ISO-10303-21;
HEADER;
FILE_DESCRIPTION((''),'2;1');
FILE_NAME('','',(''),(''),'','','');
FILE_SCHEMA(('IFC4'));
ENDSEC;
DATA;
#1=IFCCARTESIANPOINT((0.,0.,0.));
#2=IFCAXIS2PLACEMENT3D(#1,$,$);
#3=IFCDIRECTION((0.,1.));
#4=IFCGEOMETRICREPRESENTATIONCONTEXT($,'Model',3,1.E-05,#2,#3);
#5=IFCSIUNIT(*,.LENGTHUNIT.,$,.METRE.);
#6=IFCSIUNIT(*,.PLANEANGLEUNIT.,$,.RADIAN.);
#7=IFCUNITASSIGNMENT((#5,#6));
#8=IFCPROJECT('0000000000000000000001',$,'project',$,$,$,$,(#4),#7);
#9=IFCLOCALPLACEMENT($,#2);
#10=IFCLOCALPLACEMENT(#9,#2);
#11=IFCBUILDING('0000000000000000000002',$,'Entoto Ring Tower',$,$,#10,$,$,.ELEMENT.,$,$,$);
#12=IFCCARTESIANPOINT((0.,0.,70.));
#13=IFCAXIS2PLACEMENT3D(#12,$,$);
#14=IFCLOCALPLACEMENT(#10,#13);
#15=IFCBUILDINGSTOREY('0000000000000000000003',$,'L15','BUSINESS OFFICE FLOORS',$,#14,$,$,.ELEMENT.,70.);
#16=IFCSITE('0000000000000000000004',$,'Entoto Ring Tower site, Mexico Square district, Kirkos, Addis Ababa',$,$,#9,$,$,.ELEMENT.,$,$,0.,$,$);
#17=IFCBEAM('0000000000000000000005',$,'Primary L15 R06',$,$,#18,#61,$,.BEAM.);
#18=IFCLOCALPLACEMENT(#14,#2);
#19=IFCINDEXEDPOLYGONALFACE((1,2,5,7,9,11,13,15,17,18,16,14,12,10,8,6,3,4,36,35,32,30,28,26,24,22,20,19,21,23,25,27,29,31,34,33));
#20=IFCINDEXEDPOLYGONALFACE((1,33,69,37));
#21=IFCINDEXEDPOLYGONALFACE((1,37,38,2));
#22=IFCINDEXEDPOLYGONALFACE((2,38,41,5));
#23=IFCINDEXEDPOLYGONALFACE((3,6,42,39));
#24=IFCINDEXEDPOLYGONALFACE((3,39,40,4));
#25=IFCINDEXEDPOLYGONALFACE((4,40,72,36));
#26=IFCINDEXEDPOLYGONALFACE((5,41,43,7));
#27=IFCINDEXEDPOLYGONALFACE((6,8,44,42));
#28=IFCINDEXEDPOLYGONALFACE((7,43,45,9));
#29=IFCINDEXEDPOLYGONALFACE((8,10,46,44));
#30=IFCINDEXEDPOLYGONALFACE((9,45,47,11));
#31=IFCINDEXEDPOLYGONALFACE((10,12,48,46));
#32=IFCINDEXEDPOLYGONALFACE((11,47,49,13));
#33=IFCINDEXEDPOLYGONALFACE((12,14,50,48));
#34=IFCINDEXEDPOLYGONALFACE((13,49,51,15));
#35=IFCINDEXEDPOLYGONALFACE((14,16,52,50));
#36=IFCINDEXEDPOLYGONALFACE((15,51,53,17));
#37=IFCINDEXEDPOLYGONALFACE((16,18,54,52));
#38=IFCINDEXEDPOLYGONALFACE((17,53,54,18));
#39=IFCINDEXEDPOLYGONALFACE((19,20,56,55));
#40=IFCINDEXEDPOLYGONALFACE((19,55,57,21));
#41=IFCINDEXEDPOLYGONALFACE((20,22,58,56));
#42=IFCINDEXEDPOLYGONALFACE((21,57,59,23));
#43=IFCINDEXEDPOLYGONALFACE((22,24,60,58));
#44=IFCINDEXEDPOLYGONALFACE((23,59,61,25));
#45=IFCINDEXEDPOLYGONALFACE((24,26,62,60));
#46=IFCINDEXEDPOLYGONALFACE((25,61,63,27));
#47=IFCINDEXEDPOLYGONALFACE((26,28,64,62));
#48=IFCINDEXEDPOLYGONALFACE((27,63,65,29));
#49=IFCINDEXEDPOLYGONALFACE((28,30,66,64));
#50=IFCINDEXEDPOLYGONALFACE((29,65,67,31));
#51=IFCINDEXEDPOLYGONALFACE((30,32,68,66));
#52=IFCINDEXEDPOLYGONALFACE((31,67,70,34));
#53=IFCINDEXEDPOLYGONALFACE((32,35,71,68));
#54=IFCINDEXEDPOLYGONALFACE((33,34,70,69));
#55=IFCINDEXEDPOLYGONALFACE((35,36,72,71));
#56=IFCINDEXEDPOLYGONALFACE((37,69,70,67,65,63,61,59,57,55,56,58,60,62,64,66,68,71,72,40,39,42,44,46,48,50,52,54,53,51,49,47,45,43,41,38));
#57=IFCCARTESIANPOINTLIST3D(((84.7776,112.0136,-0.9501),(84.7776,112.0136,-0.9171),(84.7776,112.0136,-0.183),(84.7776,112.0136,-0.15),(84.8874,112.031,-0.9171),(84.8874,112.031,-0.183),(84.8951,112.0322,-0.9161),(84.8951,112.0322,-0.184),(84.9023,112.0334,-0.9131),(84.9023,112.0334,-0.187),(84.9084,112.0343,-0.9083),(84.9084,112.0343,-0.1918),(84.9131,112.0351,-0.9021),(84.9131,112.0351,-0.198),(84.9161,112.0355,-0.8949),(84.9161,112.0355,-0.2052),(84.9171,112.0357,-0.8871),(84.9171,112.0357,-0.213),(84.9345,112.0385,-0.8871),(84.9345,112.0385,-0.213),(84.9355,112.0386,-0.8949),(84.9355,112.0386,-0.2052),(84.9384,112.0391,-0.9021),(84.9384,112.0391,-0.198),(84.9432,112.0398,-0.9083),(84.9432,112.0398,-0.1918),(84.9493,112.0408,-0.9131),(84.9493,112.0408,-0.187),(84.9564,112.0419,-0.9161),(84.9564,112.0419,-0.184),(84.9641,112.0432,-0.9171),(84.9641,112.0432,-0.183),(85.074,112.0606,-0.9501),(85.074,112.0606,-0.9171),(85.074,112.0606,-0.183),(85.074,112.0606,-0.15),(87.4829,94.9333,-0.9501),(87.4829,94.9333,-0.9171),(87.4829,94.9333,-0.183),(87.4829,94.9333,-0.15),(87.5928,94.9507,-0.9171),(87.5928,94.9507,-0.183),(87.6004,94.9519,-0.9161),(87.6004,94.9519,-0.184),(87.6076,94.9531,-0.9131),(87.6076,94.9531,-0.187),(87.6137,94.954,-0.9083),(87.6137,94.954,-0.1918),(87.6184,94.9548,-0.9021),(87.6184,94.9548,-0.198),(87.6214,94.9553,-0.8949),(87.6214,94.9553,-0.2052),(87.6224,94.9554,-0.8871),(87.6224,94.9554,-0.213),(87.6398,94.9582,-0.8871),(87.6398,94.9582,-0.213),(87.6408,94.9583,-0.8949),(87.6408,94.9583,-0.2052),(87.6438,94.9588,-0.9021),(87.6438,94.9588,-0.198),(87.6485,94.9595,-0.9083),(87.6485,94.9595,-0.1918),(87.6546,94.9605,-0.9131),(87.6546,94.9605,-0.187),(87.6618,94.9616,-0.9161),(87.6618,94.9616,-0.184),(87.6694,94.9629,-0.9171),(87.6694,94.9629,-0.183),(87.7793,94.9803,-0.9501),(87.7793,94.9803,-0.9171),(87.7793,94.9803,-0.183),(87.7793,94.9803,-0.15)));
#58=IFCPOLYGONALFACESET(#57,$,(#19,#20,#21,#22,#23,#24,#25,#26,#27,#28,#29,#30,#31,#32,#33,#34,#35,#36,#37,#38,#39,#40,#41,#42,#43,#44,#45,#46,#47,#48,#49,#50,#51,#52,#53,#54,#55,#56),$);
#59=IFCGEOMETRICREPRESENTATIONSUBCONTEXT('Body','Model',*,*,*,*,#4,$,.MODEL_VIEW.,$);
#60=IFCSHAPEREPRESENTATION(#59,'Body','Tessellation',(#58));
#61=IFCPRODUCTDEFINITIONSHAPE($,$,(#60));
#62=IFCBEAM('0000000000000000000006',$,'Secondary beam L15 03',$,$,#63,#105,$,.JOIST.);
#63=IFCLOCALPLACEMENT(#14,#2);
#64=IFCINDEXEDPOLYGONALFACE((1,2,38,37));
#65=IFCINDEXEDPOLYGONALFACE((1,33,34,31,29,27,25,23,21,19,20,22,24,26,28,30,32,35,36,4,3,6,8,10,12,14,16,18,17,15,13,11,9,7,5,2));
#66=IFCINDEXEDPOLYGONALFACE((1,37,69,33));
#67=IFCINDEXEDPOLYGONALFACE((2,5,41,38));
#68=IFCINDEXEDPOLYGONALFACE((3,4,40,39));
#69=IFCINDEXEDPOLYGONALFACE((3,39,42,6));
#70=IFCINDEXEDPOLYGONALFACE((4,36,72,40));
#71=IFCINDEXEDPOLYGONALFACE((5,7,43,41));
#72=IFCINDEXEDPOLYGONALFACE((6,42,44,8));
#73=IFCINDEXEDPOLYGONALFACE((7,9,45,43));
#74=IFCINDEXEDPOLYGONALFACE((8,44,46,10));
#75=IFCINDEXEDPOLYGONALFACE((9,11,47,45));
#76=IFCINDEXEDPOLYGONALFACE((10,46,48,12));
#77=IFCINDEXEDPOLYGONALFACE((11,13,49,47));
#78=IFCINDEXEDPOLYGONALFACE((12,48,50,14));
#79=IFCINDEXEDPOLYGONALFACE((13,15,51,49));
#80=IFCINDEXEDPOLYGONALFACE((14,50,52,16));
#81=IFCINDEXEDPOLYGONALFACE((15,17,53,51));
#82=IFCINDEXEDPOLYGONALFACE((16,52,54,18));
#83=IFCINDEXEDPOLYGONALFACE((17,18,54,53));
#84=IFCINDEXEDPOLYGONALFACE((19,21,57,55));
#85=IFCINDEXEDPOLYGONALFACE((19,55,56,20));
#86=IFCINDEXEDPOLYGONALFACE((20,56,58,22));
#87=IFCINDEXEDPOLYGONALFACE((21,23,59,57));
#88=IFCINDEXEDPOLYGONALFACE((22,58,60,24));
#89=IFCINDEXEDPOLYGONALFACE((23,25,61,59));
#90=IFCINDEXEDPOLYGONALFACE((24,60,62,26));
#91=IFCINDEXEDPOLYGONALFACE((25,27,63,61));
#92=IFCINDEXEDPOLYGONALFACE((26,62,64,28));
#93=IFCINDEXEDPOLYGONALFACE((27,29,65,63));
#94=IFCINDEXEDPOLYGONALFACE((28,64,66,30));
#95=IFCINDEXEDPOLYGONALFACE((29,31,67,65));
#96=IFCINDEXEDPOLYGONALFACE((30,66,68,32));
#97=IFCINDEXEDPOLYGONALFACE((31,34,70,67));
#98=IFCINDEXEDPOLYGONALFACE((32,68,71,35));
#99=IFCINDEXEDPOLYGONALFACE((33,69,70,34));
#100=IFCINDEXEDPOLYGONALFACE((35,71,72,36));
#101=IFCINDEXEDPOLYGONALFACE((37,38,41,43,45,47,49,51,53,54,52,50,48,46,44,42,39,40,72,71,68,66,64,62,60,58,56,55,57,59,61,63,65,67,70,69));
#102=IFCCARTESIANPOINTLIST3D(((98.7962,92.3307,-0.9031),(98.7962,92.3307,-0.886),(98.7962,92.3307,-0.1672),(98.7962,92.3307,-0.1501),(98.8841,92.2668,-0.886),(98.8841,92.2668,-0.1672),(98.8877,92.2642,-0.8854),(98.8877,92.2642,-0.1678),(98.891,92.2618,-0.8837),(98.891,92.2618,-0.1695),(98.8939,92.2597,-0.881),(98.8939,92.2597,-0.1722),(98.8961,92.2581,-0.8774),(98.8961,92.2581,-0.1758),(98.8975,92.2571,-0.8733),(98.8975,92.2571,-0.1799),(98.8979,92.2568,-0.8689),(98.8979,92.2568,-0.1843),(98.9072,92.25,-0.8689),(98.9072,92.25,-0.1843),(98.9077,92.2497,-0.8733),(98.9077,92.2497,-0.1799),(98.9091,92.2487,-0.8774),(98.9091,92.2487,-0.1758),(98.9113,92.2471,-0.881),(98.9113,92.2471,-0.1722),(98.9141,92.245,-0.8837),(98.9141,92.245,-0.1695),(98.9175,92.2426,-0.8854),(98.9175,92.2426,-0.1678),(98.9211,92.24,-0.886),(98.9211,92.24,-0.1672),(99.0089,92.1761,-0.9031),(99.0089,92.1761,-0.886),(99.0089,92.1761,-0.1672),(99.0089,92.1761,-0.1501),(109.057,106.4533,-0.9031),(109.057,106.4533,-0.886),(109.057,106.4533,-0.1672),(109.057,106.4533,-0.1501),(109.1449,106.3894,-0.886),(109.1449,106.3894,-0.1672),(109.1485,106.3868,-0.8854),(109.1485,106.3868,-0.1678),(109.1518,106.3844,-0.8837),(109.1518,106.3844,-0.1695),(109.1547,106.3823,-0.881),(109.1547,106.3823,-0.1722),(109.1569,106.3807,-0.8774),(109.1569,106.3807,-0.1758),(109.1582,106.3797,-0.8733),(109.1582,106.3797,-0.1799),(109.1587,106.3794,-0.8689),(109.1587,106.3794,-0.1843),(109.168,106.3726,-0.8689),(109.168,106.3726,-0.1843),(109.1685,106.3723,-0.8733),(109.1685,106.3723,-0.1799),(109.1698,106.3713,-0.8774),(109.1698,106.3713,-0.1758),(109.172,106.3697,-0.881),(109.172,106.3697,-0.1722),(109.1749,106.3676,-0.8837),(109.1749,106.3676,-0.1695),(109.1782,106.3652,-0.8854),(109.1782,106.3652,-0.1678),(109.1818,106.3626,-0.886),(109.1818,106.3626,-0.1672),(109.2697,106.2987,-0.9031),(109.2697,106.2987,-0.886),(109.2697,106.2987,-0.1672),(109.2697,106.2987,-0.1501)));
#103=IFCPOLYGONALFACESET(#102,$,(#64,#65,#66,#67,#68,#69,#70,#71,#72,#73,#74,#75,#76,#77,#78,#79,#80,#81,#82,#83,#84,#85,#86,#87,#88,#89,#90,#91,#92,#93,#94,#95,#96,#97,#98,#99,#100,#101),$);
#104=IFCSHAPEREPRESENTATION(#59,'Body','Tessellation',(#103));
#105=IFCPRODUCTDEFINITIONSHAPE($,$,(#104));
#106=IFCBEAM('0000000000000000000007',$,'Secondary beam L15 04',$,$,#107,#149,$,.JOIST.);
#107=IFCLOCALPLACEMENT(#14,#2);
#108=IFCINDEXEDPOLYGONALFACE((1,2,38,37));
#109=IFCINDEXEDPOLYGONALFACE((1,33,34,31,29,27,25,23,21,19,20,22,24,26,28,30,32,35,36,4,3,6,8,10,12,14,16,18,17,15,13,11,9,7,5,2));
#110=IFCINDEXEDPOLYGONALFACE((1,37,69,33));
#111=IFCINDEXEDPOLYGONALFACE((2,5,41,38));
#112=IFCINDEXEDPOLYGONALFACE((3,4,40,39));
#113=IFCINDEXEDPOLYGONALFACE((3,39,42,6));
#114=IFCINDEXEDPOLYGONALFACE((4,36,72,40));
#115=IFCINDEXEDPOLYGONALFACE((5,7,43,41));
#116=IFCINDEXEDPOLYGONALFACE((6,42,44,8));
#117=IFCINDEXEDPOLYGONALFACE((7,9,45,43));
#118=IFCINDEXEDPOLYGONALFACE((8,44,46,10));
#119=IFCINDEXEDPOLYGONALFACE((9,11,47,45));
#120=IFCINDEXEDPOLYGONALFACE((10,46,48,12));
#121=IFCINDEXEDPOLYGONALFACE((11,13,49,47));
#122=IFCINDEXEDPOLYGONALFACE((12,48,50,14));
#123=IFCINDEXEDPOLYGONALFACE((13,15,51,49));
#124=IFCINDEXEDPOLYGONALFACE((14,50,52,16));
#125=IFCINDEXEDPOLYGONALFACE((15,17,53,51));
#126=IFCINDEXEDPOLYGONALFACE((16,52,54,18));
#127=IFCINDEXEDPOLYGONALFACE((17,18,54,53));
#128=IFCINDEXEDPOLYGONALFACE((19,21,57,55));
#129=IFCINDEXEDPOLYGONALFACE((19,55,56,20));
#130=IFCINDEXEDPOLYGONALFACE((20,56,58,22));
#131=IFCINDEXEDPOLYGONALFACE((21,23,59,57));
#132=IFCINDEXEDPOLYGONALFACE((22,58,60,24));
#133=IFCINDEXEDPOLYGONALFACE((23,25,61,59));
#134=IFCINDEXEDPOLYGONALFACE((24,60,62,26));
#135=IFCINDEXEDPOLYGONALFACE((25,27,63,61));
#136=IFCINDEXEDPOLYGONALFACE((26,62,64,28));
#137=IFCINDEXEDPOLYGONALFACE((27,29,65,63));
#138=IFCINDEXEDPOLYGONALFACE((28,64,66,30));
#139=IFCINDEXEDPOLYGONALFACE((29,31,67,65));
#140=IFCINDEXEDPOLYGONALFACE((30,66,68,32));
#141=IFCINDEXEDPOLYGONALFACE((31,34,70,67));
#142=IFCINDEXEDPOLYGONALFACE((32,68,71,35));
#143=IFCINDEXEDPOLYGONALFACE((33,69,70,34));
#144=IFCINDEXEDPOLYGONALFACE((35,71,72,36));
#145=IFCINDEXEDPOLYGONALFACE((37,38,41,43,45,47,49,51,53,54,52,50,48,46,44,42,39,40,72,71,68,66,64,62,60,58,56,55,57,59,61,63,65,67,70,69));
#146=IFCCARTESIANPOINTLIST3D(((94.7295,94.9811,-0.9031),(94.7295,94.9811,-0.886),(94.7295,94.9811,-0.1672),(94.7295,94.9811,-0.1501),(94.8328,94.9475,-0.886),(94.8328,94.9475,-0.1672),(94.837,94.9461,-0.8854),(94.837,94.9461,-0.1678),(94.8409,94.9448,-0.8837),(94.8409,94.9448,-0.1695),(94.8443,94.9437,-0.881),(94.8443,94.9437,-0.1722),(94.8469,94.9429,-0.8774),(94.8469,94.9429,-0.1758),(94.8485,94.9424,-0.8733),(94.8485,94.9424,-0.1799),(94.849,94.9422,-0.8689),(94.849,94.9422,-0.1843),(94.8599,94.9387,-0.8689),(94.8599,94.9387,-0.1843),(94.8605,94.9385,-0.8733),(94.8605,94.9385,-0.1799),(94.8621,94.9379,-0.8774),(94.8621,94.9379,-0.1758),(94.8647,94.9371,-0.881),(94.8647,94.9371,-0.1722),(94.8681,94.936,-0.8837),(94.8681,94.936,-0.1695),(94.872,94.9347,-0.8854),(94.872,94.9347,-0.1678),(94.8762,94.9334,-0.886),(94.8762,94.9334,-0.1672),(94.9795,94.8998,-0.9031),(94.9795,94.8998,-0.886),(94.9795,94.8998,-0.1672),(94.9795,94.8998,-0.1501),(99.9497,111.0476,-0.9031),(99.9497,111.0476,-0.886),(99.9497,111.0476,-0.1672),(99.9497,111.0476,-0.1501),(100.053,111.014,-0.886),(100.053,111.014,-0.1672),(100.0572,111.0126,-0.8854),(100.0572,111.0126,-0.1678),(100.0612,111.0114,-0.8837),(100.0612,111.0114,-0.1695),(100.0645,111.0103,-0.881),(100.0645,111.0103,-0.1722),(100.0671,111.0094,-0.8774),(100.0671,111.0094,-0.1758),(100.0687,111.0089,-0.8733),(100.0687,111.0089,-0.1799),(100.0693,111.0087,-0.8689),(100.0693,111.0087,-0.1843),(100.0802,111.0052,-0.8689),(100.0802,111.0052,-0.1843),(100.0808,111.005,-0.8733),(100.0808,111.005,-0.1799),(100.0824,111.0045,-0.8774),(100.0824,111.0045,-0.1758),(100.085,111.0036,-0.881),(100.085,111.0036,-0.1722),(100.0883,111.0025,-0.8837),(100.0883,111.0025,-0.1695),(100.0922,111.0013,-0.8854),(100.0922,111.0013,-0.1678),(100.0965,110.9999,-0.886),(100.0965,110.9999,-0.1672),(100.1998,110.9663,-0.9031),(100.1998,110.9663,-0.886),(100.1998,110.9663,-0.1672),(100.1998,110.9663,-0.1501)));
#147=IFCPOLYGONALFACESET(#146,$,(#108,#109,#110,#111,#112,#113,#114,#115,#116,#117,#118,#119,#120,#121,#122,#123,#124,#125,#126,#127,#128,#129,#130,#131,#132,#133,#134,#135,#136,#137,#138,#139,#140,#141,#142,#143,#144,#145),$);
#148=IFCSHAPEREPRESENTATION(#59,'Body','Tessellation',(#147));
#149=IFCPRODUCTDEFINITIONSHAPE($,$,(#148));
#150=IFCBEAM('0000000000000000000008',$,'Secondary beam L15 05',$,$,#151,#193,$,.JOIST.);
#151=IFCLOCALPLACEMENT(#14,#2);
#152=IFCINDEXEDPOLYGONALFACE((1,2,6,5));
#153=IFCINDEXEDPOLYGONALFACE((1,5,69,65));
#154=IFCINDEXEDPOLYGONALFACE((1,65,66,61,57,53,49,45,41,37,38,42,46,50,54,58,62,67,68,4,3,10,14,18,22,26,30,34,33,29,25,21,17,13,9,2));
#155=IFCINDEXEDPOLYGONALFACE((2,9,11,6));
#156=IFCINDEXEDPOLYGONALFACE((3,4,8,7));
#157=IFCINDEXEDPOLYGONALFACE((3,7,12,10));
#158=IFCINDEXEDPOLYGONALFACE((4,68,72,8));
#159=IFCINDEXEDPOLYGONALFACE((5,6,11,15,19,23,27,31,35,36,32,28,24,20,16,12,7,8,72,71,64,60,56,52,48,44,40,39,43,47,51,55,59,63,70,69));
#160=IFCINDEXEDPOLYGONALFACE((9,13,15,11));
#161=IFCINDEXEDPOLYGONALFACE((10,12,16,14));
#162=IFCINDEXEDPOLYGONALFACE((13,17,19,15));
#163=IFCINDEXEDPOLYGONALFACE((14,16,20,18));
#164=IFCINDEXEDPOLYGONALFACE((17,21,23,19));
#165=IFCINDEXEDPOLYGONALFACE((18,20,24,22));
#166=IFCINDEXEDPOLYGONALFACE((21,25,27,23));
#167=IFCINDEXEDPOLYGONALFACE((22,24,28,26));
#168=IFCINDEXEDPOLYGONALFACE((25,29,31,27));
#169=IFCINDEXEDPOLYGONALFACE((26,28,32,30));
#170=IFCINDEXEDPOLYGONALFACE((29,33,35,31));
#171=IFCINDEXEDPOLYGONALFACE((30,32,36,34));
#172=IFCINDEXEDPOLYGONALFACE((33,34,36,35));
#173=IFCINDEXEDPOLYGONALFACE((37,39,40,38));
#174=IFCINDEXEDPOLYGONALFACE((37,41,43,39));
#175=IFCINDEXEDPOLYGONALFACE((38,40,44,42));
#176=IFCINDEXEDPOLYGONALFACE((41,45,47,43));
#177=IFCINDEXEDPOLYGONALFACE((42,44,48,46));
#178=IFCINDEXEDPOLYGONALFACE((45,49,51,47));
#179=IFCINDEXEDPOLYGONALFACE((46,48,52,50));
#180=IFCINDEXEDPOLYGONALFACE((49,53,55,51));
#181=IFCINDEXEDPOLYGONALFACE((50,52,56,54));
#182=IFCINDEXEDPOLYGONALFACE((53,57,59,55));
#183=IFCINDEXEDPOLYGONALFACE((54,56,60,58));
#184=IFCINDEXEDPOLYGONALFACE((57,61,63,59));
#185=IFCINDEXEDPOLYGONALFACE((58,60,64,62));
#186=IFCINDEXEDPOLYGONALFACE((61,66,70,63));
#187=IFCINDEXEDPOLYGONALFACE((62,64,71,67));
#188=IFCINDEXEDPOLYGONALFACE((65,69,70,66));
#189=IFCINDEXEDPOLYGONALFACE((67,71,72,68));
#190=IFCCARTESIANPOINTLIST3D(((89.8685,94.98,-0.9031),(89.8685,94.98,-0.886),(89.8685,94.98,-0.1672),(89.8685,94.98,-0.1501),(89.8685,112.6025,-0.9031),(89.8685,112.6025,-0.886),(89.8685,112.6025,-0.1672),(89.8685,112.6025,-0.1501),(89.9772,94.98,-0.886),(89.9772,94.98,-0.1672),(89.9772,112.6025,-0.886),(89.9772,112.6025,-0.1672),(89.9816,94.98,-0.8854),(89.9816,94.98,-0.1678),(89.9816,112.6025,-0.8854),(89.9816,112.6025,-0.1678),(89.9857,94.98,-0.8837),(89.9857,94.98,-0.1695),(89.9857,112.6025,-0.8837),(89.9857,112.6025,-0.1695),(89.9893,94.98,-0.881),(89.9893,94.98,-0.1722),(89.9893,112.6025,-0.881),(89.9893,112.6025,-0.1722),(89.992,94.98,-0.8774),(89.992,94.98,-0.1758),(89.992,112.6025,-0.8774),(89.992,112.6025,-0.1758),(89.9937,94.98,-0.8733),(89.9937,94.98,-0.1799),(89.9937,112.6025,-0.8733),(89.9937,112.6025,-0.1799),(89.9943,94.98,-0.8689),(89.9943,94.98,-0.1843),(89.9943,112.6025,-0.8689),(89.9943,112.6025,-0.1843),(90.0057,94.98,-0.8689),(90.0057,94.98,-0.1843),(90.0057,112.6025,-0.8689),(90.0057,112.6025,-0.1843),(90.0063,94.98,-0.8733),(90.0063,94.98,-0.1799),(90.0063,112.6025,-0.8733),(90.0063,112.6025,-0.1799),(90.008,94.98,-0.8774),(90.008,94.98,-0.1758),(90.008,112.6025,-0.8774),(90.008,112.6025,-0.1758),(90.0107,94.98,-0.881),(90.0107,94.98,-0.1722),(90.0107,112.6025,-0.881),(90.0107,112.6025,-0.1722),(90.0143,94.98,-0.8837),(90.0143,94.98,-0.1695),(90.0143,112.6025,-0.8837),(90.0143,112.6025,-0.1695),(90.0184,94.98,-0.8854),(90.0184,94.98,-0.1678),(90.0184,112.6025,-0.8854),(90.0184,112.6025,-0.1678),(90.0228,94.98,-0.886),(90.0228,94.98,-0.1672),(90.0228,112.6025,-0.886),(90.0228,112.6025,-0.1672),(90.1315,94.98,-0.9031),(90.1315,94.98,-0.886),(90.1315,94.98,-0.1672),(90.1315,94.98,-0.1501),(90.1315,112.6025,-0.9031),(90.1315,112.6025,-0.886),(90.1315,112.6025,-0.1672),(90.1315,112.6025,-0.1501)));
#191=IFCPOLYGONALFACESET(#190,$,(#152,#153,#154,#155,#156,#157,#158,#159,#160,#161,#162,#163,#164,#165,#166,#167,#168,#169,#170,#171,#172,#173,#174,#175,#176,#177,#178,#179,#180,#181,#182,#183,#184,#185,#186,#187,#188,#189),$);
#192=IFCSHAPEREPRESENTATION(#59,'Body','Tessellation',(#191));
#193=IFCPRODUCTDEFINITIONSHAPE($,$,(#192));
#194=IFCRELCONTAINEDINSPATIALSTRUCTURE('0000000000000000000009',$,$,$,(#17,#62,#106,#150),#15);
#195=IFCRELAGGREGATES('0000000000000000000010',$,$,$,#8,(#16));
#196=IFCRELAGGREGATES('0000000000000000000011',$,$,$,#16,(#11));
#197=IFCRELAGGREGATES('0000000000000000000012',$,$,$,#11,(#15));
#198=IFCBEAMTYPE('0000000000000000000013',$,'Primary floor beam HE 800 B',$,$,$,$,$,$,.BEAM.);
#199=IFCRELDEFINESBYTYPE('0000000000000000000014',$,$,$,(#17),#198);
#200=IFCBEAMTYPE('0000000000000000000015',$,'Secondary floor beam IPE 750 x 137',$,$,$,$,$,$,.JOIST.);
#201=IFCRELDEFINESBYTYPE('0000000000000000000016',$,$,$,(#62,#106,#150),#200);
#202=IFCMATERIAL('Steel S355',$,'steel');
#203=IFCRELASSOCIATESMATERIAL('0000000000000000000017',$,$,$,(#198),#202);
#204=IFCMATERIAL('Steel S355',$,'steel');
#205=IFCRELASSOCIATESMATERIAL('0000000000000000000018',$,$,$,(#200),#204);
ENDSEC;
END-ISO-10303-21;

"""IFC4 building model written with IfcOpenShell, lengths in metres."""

from ifc_helpers import new_model, si_unit, direction, frame, origin, origin_2d, place, context, subcontext, project, spatial, i_section, extrude, material, material_profile, profile_set, type_object, element, save


model = new_model("IFC4")

# Units and contexts
model_context = context("Model", 3, precision=1e-05, world=origin(), true_north=direction((0.0, 1.0)))
body_context = subcontext(model_context, "Body", "Model", "MODEL_VIEW")
ifc_project = project(units=[si_unit("LENGTHUNIT", "METRE"), si_unit("PLANEANGLEUNIT", "RADIAN")], contexts=[model_context])

# Site, building, storey
site_placement = place(None, origin())
site = spatial("IfcSite", under=ifc_project, at=site_placement, Name="Entoto Ring Tower site, Mexico Square district, Kirkos, Addis Ababa", CompositionType="ELEMENT", RefElevation=0.0)
building_placement = place(site_placement, origin())
building = spatial("IfcBuilding", under=site, at=building_placement, Name="Entoto Ring Tower", CompositionType="ELEMENT")
storey_placement = place(building_placement, frame((0.0, 0.0, 70.0)))
storey = spatial("IfcBuildingStorey", under=building, at=storey_placement, Name="L15", Description="BUSINESS OFFICE FLOORS", CompositionType="ELEMENT", Elevation=70.0)

# Beams
ifc_material_1 = material(Name="Steel S355", Category="steel")
ifc_material_profile_1 = material_profile(ifc_material_1, i_section(OverallWidth=0.3, OverallDepth=0.8, WebThickness=0.0176, FlangeThickness=0.033, FilletRadius=0.03, at=origin_2d()), Name="HE 800 B")
ifc_profile_set_1 = profile_set([ifc_material_profile_1], Name="Steel S355")
beam_type_1 = type_object("IfcBeamType", Name="Primary floor beam HE 800 B", PredefinedType="BEAM", material=ifc_profile_set_1)
for number, where, z_axis, x_axis, name in (
    (1, (87.6311, 94.9568, -0.55), (-0.156438, 0.987688, 0.0), (-0.987688, -0.156438, 0.0), "Primary L15 R06"),
):
    element("IfcBeam", number, at=place(storey_placement, frame(where, z_axis=z_axis, x_axis=x_axis)), inside=storey, type_object=beam_type_1, Name=name, PredefinedType="BEAM", context=body_context, shape_type="SweptSolid", body=[
        extrude(i_section(OverallWidth=0.3, OverallDepth=0.8, WebThickness=0.0176, FlangeThickness=0.033, FilletRadius=0.03, at=origin_2d()), origin(), (0.0, 0.0, 1.0), 17.2932),
    ])
ifc_material_2 = material(Name="Steel S355", Category="steel")
ifc_material_profile_2 = material_profile(ifc_material_2, i_section(OverallWidth=0.2629, OverallDepth=0.7529, WebThickness=0.0115, FlangeThickness=0.0171, FilletRadius=0.0171, at=origin_2d()), Name="IPE 750 x 137")
ifc_profile_set_2 = profile_set([ifc_material_profile_2], Name="Steel S355")
beam_type_2 = type_object("IfcBeamType", Name="Secondary floor beam IPE 750 x 137", PredefinedType="JOIST", material=ifc_profile_set_2)
beam_1_placement = place(storey_placement, frame((98.9026, 92.2534, -0.5266), z_axis=(0.587789, 0.809014, 0.0), x_axis=(-0.809014, 0.587789, 0.0)))
element("IfcBeam", 2, at=beam_1_placement, inside=storey, type_object=beam_type_2, Name="Secondary beam L15 03", PredefinedType="JOIST", context=body_context, shape_type="SweptSolid", body=[
    extrude(i_section(OverallWidth=0.2629, OverallDepth=0.7529, WebThickness=0.0115, FlangeThickness=0.0171, FilletRadius=0.0171, at=origin_2d()), origin(), (0.0, 0.0, 1.0), 17.4565),
])
beam_2_placement = place(storey_placement, frame((94.8545, 94.9404, -0.5266), z_axis=(0.309013, 0.951058, 0.0), x_axis=(-0.951058, 0.309013, 0.0)))
element("IfcBeam", 3, at=beam_2_placement, inside=storey, type_object=beam_type_2, Name="Secondary beam L15 04", PredefinedType="JOIST", context=body_context, shape_type="SweptSolid", body=[
    extrude(i_section(OverallWidth=0.2629, OverallDepth=0.7529, WebThickness=0.0115, FlangeThickness=0.0171, FilletRadius=0.0171, at=origin_2d()), origin(), (0.0, 0.0, 1.0), 16.8933),
])
beam_3_placement = place(storey_placement, frame((90.0, 94.98, -0.5266), z_axis=(0.0, 1.0, 0.0), x_axis=(-1.0, 0.0, 0.0)))
element("IfcBeam", 4, at=beam_3_placement, inside=storey, type_object=beam_type_2, Name="Secondary beam L15 05", PredefinedType="JOIST", context=body_context, shape_type="SweptSolid", body=[
    extrude(i_section(OverallWidth=0.2629, OverallDepth=0.7529, WebThickness=0.0115, FlangeThickness=0.0171, FilletRadius=0.0171, at=origin_2d()), origin(), (0.0, 0.0, 1.0), 17.6226),
])

save(model, "model.ifc")
